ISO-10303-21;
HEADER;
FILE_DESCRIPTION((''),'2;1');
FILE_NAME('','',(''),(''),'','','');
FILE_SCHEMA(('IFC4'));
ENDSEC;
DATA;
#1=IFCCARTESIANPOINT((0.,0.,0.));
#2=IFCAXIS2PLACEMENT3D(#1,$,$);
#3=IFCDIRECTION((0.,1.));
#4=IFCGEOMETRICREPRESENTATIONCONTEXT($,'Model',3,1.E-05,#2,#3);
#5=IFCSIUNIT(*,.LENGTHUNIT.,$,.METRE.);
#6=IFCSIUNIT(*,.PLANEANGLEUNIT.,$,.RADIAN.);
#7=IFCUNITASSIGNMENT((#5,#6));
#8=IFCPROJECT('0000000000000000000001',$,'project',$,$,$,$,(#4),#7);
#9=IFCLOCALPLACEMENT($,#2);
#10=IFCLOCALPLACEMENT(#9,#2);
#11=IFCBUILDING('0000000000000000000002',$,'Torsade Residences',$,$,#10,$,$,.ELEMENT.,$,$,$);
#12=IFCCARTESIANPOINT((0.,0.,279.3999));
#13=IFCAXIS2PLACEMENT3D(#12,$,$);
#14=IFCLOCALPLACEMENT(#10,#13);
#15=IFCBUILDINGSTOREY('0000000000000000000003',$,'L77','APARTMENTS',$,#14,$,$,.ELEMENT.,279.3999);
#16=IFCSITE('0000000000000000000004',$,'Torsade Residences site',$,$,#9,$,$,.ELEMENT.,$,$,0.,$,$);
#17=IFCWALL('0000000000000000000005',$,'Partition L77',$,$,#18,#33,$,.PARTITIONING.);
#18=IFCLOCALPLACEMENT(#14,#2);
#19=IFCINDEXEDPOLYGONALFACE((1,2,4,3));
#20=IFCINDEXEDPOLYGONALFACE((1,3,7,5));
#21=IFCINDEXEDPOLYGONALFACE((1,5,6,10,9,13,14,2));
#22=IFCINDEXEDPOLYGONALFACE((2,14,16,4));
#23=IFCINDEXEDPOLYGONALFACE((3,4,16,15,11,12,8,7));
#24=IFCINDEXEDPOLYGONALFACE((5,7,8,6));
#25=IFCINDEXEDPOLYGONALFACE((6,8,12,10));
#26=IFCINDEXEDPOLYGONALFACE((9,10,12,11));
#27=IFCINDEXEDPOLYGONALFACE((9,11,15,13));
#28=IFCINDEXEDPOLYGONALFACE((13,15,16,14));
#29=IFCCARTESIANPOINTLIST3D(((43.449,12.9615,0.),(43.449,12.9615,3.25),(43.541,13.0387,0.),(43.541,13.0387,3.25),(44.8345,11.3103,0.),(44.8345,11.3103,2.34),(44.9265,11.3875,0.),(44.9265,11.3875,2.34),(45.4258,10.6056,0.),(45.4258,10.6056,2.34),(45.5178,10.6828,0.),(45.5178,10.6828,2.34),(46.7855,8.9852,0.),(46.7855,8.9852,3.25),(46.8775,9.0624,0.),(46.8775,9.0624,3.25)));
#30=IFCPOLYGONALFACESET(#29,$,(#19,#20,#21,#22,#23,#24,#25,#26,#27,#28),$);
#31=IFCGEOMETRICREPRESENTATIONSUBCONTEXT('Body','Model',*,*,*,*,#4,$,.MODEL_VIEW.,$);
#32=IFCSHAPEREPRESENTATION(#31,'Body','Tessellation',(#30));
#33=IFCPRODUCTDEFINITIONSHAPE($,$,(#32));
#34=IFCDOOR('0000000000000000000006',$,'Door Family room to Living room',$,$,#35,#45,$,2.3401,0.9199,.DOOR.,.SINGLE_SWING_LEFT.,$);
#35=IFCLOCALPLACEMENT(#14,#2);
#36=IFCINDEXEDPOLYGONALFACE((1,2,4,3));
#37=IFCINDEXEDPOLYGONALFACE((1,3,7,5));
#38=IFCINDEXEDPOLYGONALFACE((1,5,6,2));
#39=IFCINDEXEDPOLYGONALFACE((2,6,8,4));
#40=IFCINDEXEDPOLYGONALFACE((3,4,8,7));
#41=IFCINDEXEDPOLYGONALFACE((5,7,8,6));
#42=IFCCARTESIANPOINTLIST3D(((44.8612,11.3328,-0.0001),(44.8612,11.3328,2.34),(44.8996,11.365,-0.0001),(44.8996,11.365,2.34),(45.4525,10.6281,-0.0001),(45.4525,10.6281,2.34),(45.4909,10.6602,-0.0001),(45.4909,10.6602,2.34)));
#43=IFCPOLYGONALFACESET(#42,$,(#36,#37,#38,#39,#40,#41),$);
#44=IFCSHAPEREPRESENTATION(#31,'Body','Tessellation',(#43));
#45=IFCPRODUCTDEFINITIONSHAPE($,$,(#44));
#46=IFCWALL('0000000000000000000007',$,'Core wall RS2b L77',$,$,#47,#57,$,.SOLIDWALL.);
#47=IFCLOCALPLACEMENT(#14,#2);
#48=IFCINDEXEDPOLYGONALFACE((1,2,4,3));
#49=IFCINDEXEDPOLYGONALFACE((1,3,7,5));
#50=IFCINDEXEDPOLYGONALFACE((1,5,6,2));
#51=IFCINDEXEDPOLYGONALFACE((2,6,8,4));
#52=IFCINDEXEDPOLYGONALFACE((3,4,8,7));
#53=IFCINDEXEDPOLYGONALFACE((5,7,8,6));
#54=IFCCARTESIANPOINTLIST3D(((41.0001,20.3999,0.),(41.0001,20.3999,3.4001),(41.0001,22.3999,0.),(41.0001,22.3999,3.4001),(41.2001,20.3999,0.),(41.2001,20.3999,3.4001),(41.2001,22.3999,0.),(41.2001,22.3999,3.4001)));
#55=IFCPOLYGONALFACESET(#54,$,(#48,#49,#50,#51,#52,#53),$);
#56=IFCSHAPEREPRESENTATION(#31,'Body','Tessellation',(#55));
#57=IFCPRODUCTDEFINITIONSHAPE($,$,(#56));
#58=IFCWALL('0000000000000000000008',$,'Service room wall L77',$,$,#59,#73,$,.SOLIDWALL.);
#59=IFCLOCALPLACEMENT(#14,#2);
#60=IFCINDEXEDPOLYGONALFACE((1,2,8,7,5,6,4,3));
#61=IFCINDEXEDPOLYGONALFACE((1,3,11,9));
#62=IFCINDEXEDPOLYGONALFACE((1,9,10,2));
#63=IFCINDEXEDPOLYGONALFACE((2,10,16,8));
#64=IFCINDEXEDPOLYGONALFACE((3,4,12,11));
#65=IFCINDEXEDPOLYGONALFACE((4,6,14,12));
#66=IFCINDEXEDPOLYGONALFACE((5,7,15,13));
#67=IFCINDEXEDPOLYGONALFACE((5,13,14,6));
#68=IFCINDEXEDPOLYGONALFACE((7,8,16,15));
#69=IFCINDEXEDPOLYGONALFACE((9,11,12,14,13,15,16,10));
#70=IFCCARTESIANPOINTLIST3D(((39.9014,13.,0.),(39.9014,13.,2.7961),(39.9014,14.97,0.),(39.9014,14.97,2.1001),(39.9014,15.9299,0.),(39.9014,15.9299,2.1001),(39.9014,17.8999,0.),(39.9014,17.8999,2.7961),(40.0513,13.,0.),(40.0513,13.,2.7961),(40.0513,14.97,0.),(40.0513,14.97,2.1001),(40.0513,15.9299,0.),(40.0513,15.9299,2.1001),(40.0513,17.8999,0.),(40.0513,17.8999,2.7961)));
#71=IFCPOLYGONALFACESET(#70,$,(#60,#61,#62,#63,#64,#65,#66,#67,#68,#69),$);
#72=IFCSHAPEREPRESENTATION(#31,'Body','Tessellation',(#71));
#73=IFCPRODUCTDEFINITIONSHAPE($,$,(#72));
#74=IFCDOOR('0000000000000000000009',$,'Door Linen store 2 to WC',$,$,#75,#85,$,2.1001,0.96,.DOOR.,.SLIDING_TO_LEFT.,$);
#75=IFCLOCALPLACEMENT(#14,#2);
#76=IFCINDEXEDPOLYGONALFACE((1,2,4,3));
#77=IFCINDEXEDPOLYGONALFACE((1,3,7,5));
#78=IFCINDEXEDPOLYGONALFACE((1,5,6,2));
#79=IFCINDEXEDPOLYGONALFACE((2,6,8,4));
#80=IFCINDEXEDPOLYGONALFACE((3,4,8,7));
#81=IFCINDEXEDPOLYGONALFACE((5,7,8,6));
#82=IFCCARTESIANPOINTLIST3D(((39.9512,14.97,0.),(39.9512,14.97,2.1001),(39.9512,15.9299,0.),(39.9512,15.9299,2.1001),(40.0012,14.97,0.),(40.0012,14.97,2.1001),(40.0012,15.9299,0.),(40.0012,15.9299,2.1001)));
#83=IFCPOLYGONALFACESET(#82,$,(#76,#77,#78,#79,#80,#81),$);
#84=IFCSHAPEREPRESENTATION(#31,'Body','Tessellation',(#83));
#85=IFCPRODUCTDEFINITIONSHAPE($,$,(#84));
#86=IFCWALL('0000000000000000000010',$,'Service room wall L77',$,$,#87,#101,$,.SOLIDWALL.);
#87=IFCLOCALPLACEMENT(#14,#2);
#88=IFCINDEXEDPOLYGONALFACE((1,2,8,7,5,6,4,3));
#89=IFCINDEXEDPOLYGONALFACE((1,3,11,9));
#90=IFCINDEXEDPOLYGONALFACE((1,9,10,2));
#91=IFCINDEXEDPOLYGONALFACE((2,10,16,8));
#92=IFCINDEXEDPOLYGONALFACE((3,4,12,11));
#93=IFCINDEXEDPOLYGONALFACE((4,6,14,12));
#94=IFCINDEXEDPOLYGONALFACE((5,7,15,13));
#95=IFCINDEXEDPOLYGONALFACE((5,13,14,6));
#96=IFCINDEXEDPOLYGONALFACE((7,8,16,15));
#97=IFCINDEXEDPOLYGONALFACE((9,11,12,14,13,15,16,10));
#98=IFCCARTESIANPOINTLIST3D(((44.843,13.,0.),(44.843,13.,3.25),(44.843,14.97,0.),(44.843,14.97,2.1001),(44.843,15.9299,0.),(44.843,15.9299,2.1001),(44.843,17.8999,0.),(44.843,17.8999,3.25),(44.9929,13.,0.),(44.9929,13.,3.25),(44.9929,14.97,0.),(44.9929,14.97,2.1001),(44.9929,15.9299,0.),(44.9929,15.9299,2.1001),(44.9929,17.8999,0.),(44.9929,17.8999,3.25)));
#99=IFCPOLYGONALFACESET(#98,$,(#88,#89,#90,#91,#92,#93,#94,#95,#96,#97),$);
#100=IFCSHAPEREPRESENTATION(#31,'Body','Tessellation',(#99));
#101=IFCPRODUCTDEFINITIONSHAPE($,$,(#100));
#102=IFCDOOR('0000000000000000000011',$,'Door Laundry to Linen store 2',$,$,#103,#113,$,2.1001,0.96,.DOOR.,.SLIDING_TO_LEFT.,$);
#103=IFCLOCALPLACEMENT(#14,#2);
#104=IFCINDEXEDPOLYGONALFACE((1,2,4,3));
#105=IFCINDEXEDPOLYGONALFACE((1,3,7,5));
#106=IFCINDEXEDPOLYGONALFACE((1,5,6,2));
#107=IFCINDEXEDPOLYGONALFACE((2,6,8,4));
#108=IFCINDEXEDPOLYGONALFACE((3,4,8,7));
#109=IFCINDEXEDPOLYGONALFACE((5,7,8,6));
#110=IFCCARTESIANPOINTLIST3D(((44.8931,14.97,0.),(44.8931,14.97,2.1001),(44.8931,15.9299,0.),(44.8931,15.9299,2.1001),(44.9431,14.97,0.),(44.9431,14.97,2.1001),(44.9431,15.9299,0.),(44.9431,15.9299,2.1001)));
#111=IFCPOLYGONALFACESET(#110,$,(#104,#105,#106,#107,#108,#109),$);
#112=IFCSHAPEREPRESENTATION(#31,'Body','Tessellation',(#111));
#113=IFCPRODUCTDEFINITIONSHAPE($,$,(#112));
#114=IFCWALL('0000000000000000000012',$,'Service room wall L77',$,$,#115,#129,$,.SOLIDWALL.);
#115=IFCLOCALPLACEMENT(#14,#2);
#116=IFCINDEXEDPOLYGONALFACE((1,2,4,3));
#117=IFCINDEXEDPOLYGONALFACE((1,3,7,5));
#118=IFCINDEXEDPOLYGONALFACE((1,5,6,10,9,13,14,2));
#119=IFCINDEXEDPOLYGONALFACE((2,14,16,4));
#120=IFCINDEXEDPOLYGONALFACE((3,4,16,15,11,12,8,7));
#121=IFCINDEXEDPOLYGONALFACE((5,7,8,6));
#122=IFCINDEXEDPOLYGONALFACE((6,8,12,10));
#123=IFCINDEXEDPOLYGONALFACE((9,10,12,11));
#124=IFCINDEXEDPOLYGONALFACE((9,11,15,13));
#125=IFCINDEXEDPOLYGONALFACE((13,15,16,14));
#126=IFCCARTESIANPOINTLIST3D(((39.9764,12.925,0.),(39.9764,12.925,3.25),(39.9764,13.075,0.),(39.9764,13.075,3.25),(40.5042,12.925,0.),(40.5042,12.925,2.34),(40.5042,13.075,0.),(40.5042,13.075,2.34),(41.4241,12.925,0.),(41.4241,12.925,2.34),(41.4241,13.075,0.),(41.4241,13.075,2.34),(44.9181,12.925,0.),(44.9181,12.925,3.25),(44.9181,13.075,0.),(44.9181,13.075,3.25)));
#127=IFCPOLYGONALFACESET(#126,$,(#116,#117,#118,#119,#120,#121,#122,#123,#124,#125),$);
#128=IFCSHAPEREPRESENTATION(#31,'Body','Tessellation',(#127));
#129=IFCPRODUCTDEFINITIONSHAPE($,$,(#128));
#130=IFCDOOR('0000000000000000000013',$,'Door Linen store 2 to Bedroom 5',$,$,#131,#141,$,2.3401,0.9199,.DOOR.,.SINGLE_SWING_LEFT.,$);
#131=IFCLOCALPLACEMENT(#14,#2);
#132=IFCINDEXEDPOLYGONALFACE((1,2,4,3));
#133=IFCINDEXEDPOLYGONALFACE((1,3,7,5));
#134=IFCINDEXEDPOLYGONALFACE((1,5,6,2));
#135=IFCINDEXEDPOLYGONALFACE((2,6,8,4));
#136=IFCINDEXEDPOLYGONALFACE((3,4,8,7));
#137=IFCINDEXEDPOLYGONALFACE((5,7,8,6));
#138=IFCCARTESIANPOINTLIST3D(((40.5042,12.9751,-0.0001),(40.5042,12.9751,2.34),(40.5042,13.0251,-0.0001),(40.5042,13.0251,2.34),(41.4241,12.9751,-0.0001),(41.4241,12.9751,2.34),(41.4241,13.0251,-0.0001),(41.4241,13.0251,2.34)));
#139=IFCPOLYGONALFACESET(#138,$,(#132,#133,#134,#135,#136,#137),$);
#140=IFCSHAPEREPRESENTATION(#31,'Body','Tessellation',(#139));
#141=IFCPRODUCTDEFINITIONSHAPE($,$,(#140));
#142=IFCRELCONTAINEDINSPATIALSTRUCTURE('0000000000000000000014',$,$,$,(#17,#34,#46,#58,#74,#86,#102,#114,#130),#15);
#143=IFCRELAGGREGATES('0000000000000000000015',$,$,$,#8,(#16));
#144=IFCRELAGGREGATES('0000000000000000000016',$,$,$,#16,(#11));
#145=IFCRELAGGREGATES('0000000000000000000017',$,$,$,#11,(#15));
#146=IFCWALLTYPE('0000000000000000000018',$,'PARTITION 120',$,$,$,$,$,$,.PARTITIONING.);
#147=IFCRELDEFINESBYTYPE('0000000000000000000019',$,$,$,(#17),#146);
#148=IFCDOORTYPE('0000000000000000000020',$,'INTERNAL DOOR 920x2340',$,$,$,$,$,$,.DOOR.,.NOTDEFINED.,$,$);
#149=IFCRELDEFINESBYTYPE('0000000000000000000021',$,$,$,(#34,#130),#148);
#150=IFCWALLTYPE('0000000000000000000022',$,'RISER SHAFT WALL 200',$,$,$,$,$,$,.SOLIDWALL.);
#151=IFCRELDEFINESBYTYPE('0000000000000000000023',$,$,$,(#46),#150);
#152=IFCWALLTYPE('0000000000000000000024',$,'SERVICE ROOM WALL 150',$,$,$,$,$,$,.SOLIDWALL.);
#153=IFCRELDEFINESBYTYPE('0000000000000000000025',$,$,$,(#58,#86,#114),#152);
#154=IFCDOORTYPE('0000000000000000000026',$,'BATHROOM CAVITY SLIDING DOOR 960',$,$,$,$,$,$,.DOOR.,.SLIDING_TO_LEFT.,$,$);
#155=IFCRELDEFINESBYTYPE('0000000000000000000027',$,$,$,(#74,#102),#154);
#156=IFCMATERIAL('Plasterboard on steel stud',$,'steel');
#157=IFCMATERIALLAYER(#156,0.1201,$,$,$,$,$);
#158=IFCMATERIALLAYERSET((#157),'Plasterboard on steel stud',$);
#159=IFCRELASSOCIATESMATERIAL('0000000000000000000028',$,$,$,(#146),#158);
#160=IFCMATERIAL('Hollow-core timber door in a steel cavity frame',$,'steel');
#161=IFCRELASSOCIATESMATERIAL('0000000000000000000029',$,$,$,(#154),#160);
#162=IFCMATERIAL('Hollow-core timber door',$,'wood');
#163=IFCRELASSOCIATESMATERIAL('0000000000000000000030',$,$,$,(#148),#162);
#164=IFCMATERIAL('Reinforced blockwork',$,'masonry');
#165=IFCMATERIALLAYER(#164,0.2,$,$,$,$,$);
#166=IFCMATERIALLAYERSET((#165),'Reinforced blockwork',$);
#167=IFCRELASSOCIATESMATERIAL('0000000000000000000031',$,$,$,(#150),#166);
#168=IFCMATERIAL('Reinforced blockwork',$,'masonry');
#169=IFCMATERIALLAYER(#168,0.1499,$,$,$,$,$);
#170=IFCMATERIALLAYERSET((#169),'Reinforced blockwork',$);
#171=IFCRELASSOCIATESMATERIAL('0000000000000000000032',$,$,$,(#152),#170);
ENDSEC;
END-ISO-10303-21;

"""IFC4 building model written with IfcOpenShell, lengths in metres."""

from ifc_helpers import new_model, si_unit, direction, frame, frame_2d, origin, place, context, subcontext, project, spatial, rectangle, extrude, material, layer, layer_set, type_object, element, fill, save


model = new_model("IFC4")

# Units and contexts
model_context = context("Model", 3, precision=1e-05, world=origin(), true_north=direction((0.0, 1.0)))
body_context = subcontext(model_context, "Body", "Model", "MODEL_VIEW")
ifc_project = project(units=[si_unit("LENGTHUNIT", "METRE"), si_unit("PLANEANGLEUNIT", "RADIAN")], contexts=[model_context])

# Site, building, storey
site_placement = place(None, origin())
site = spatial("IfcSite", under=ifc_project, at=site_placement, Name="Torsade Residences site", CompositionType="ELEMENT", RefElevation=0.0)
building_placement = place(site_placement, origin())
building = spatial("IfcBuilding", under=site, at=building_placement, Name="Torsade Residences", CompositionType="ELEMENT")
storey_placement = place(building_placement, frame((0.0, 0.0, 279.3999)))
storey = spatial("IfcBuildingStorey", under=building, at=storey_placement, Name="L77", Description="APARTMENTS", CompositionType="ELEMENT", Elevation=279.3999)

# Wall, opening, door
ifc_material_1 = material(Name="Plasterboard on steel stud", Category="steel")
ifc_layer_1 = layer(ifc_material_1, 0.1201)
ifc_layer_set_1 = layer_set([ifc_layer_1], Name="Plasterboard on steel stud")
wall_type_1 = type_object("IfcWallType", Name="PARTITION 120", PredefinedType="PARTITIONING", material=ifc_layer_set_1)
ifc_material_2 = material(Name="Hollow-core timber door in a steel cavity frame", Category="steel")
door_type_1 = type_object("IfcDoorType", Name="BATHROOM CAVITY SLIDING DOOR 960", OperationType="SLIDING_TO_LEFT", PredefinedType="DOOR", material=ifc_material_2)
wall_1_placement = place(storey_placement, frame((43.4951, 13.0, 0.0), z_axis=(0.0, 0.0, 1.0), x_axis=(0.642776, -0.766054, 0.0)))
wall_1 = element("IfcWall", 1, at=wall_1_placement, inside=storey, type_object=wall_type_1, Name="Partition L77", PredefinedType="PARTITIONING", context=body_context, shape_type="SweptSolid", body=[
    extrude(rectangle(XDim=5.1907, YDim=0.1201, at=frame_2d((2.5952, 0.0))), origin(), (0.0, 0.0, 1.0), 3.25),
])
opening_1_placement = place(wall_1_placement, frame((2.1553, 0.0, 0.0)))
opening_1 = element("IfcOpeningElement", 2, at=opening_1_placement, cuts=wall_1, PredefinedType="OPENING", context=body_context, shape_type="SweptSolid", body=[
    extrude(rectangle(XDim=0.9199, YDim=2.3401, at=frame_2d((0.46, 1.1699))), frame((0.0, 0.0701, 0.0), z_axis=(0.0, -1.0, 0.0), x_axis=(1.0, 0.0, 0.0)), (0.0, 0.0, 1.0), 0.1401),
])
ifc_material_3 = material(Name="Hollow-core timber door", Category="wood")
door_type_2 = type_object("IfcDoorType", Name="INTERNAL DOOR 920x2340", OperationType="NOTDEFINED", PredefinedType="DOOR", material=ifc_material_3)
door_1_placement = place(opening_1_placement, origin())
door_1 = element("IfcDoor", 3, at=door_1_placement, inside=storey, type_object=door_type_2, Name="Door Family room to Living room", OperationType="SINGLE_SWING_LEFT", OverallHeight=2.3401, OverallWidth=0.9199, PredefinedType="DOOR", context=body_context, shape_type="SweptSolid", body=[
    extrude(rectangle(XDim=0.9199, YDim=2.3401, at=frame_2d((0.46, 1.1699))), frame((0.0, 0.0249, 0.0), z_axis=(0.0, -1.0, 0.0), x_axis=(1.0, 0.0, 0.0)), (0.0, 0.0, 1.0), 0.05),
])
fill(opening_1, door_1)

# Wall
ifc_material_4 = material(Name="Reinforced blockwork", Category="masonry")
ifc_layer_2 = layer(ifc_material_4, 0.2)
ifc_layer_set_2 = layer_set([ifc_layer_2], Name="Reinforced blockwork")
wall_type_2 = type_object("IfcWallType", Name="RISER SHAFT WALL 200", PredefinedType="SOLIDWALL", material=ifc_layer_set_2)
wall_2_placement = place(storey_placement, frame((41.1001, 22.3999, 0.0), z_axis=(0.0, 0.0, 1.0), x_axis=(0.0, -1.0, 0.0)))
element("IfcWall", 4, at=wall_2_placement, inside=storey, type_object=wall_type_2, Name="Core wall RS2b L77", PredefinedType="SOLIDWALL", context=body_context, shape_type="SweptSolid", body=[
    extrude(rectangle(XDim=2.0, YDim=0.2, at=frame_2d((1.0, 0.0))), origin(), (0.0, 0.0, 1.0), 3.4001),
])

# Walls, openings, doors
ifc_material_5 = material(Name="Reinforced blockwork", Category="masonry")
ifc_layer_3 = layer(ifc_material_5, 0.1499)
ifc_layer_set_3 = layer_set([ifc_layer_3], Name="Reinforced blockwork")
wall_type_3 = type_object("IfcWallType", Name="SERVICE ROOM WALL 150", PredefinedType="SOLIDWALL", material=ifc_layer_set_3)
wall_3_placement = place(storey_placement, frame((39.9763, 17.8999, 0.0), z_axis=(0.0, 0.0, 1.0), x_axis=(0.0, -1.0, 0.0)))
wall_3 = element("IfcWall", 5, at=wall_3_placement, inside=storey, type_object=wall_type_3, Name="Service room wall L77", PredefinedType="SOLIDWALL", context=body_context, shape_type="SweptSolid", body=[
    extrude(rectangle(XDim=4.8999, YDim=0.1499, at=frame_2d((2.45, 0.0))), origin(), (0.0, 0.0, 1.0), 2.7961),
])
opening_2_placement = place(wall_3_placement, frame((1.97, 0.0, 0.0)))
opening_2 = element("IfcOpeningElement", 6, at=opening_2_placement, cuts=wall_3, PredefinedType="OPENING", context=body_context, shape_type="SweptSolid", body=[
    extrude(rectangle(XDim=0.96, YDim=2.1001, at=frame_2d((0.48, 1.05))), frame((0.0, 0.085, 0.0), z_axis=(0.0, -1.0, 0.0), x_axis=(1.0, 0.0, 0.0)), (0.0, 0.0, 1.0), 0.1699),
])
door_2_placement = place(opening_2_placement, origin())
door_2 = element("IfcDoor", 7, at=door_2_placement, inside=storey, type_object=door_type_1, Name="Door Linen store 2 to WC", OperationType="SLIDING_TO_LEFT", OverallHeight=2.1001, OverallWidth=0.96, PredefinedType="DOOR", context=body_context, shape_type="SweptSolid", body=[
    extrude(rectangle(XDim=0.96, YDim=2.1001, at=frame_2d((0.48, 1.05))), frame((0.0, 0.0249, 0.0), z_axis=(0.0, -1.0, 0.0), x_axis=(1.0, 0.0, 0.0)), (0.0, 0.0, 1.0), 0.05),
])
fill(opening_2, door_2)
wall_4_placement = place(storey_placement, frame((44.918, 13.0, 0.0), z_axis=(0.0, 0.0, 1.0), x_axis=(0.0, 1.0, 0.0)))
wall_4 = element("IfcWall", 8, at=wall_4_placement, inside=storey, type_object=wall_type_3, Name="Service room wall L77", PredefinedType="SOLIDWALL", context=body_context, shape_type="SweptSolid", body=[
    extrude(rectangle(XDim=4.8999, YDim=0.1499, at=frame_2d((2.45, 0.0))), origin(), (0.0, 0.0, 1.0), 3.25),
])
opening_3_placement = place(wall_4_placement, frame((1.97, 0.0, 0.0)))
opening_3 = element("IfcOpeningElement", 9, at=opening_3_placement, cuts=wall_4, PredefinedType="OPENING", context=body_context, shape_type="SweptSolid", body=[
    extrude(rectangle(XDim=0.96, YDim=2.1001, at=frame_2d((0.48, 1.05))), frame((0.0, 0.085, 0.0), z_axis=(0.0, -1.0, 0.0), x_axis=(1.0, 0.0, 0.0)), (0.0, 0.0, 1.0), 0.1699),
])
door_3_placement = place(opening_3_placement, origin())
door_3 = element("IfcDoor", 10, at=door_3_placement, inside=storey, type_object=door_type_1, Name="Door Laundry to Linen store 2", OperationType="SLIDING_TO_LEFT", OverallHeight=2.1001, OverallWidth=0.96, PredefinedType="DOOR", context=body_context, shape_type="SweptSolid", body=[
    extrude(rectangle(XDim=0.96, YDim=2.1001, at=frame_2d((0.48, 1.05))), frame((0.0, 0.0249, 0.0), z_axis=(0.0, -1.0, 0.0), x_axis=(1.0, 0.0, 0.0)), (0.0, 0.0, 1.0), 0.05),
])
fill(opening_3, door_3)
wall_5_placement = place(storey_placement, frame((44.918, 13.0, 0.0), z_axis=(0.0, 0.0, 1.0), x_axis=(-1.0, 0.0, 0.0)))
wall_5 = element("IfcWall", 11, at=wall_5_placement, inside=storey, type_object=wall_type_3, Name="Service room wall L77", PredefinedType="SOLIDWALL", context=body_context, shape_type="SweptSolid", body=[
    extrude(rectangle(XDim=4.9417, YDim=0.1499, at=frame_2d((2.4707, 0.0))), origin(), (0.0, 0.0, 1.0), 3.25),
])
opening_4_placement = place(wall_5_placement, frame((3.4939, 0.0, 0.0)))
opening_4 = element("IfcOpeningElement", 12, at=opening_4_placement, cuts=wall_5, PredefinedType="OPENING", context=body_context, shape_type="SweptSolid", body=[
    extrude(rectangle(XDim=0.9199, YDim=2.3401, at=frame_2d((0.46, 1.1699))), frame((0.0, 0.085, 0.0), z_axis=(0.0, -1.0, 0.0), x_axis=(1.0, 0.0, 0.0)), (0.0, 0.0, 1.0), 0.1699),
])
door_4_placement = place(opening_4_placement, origin())
door_4 = element("IfcDoor", 13, at=door_4_placement, inside=storey, type_object=door_type_2, Name="Door Linen store 2 to Bedroom 5", OperationType="SINGLE_SWING_LEFT", OverallHeight=2.3401, OverallWidth=0.9199, PredefinedType="DOOR", context=body_context, shape_type="SweptSolid", body=[
    extrude(rectangle(XDim=0.9199, YDim=2.3401, at=frame_2d((0.46, 1.1699))), frame((0.0, 0.0249, 0.0), z_axis=(0.0, -1.0, 0.0), x_axis=(1.0, 0.0, 0.0)), (0.0, 0.0, 1.0), 0.05),
])
fill(opening_4, door_4)

save(model, "model.ifc")
